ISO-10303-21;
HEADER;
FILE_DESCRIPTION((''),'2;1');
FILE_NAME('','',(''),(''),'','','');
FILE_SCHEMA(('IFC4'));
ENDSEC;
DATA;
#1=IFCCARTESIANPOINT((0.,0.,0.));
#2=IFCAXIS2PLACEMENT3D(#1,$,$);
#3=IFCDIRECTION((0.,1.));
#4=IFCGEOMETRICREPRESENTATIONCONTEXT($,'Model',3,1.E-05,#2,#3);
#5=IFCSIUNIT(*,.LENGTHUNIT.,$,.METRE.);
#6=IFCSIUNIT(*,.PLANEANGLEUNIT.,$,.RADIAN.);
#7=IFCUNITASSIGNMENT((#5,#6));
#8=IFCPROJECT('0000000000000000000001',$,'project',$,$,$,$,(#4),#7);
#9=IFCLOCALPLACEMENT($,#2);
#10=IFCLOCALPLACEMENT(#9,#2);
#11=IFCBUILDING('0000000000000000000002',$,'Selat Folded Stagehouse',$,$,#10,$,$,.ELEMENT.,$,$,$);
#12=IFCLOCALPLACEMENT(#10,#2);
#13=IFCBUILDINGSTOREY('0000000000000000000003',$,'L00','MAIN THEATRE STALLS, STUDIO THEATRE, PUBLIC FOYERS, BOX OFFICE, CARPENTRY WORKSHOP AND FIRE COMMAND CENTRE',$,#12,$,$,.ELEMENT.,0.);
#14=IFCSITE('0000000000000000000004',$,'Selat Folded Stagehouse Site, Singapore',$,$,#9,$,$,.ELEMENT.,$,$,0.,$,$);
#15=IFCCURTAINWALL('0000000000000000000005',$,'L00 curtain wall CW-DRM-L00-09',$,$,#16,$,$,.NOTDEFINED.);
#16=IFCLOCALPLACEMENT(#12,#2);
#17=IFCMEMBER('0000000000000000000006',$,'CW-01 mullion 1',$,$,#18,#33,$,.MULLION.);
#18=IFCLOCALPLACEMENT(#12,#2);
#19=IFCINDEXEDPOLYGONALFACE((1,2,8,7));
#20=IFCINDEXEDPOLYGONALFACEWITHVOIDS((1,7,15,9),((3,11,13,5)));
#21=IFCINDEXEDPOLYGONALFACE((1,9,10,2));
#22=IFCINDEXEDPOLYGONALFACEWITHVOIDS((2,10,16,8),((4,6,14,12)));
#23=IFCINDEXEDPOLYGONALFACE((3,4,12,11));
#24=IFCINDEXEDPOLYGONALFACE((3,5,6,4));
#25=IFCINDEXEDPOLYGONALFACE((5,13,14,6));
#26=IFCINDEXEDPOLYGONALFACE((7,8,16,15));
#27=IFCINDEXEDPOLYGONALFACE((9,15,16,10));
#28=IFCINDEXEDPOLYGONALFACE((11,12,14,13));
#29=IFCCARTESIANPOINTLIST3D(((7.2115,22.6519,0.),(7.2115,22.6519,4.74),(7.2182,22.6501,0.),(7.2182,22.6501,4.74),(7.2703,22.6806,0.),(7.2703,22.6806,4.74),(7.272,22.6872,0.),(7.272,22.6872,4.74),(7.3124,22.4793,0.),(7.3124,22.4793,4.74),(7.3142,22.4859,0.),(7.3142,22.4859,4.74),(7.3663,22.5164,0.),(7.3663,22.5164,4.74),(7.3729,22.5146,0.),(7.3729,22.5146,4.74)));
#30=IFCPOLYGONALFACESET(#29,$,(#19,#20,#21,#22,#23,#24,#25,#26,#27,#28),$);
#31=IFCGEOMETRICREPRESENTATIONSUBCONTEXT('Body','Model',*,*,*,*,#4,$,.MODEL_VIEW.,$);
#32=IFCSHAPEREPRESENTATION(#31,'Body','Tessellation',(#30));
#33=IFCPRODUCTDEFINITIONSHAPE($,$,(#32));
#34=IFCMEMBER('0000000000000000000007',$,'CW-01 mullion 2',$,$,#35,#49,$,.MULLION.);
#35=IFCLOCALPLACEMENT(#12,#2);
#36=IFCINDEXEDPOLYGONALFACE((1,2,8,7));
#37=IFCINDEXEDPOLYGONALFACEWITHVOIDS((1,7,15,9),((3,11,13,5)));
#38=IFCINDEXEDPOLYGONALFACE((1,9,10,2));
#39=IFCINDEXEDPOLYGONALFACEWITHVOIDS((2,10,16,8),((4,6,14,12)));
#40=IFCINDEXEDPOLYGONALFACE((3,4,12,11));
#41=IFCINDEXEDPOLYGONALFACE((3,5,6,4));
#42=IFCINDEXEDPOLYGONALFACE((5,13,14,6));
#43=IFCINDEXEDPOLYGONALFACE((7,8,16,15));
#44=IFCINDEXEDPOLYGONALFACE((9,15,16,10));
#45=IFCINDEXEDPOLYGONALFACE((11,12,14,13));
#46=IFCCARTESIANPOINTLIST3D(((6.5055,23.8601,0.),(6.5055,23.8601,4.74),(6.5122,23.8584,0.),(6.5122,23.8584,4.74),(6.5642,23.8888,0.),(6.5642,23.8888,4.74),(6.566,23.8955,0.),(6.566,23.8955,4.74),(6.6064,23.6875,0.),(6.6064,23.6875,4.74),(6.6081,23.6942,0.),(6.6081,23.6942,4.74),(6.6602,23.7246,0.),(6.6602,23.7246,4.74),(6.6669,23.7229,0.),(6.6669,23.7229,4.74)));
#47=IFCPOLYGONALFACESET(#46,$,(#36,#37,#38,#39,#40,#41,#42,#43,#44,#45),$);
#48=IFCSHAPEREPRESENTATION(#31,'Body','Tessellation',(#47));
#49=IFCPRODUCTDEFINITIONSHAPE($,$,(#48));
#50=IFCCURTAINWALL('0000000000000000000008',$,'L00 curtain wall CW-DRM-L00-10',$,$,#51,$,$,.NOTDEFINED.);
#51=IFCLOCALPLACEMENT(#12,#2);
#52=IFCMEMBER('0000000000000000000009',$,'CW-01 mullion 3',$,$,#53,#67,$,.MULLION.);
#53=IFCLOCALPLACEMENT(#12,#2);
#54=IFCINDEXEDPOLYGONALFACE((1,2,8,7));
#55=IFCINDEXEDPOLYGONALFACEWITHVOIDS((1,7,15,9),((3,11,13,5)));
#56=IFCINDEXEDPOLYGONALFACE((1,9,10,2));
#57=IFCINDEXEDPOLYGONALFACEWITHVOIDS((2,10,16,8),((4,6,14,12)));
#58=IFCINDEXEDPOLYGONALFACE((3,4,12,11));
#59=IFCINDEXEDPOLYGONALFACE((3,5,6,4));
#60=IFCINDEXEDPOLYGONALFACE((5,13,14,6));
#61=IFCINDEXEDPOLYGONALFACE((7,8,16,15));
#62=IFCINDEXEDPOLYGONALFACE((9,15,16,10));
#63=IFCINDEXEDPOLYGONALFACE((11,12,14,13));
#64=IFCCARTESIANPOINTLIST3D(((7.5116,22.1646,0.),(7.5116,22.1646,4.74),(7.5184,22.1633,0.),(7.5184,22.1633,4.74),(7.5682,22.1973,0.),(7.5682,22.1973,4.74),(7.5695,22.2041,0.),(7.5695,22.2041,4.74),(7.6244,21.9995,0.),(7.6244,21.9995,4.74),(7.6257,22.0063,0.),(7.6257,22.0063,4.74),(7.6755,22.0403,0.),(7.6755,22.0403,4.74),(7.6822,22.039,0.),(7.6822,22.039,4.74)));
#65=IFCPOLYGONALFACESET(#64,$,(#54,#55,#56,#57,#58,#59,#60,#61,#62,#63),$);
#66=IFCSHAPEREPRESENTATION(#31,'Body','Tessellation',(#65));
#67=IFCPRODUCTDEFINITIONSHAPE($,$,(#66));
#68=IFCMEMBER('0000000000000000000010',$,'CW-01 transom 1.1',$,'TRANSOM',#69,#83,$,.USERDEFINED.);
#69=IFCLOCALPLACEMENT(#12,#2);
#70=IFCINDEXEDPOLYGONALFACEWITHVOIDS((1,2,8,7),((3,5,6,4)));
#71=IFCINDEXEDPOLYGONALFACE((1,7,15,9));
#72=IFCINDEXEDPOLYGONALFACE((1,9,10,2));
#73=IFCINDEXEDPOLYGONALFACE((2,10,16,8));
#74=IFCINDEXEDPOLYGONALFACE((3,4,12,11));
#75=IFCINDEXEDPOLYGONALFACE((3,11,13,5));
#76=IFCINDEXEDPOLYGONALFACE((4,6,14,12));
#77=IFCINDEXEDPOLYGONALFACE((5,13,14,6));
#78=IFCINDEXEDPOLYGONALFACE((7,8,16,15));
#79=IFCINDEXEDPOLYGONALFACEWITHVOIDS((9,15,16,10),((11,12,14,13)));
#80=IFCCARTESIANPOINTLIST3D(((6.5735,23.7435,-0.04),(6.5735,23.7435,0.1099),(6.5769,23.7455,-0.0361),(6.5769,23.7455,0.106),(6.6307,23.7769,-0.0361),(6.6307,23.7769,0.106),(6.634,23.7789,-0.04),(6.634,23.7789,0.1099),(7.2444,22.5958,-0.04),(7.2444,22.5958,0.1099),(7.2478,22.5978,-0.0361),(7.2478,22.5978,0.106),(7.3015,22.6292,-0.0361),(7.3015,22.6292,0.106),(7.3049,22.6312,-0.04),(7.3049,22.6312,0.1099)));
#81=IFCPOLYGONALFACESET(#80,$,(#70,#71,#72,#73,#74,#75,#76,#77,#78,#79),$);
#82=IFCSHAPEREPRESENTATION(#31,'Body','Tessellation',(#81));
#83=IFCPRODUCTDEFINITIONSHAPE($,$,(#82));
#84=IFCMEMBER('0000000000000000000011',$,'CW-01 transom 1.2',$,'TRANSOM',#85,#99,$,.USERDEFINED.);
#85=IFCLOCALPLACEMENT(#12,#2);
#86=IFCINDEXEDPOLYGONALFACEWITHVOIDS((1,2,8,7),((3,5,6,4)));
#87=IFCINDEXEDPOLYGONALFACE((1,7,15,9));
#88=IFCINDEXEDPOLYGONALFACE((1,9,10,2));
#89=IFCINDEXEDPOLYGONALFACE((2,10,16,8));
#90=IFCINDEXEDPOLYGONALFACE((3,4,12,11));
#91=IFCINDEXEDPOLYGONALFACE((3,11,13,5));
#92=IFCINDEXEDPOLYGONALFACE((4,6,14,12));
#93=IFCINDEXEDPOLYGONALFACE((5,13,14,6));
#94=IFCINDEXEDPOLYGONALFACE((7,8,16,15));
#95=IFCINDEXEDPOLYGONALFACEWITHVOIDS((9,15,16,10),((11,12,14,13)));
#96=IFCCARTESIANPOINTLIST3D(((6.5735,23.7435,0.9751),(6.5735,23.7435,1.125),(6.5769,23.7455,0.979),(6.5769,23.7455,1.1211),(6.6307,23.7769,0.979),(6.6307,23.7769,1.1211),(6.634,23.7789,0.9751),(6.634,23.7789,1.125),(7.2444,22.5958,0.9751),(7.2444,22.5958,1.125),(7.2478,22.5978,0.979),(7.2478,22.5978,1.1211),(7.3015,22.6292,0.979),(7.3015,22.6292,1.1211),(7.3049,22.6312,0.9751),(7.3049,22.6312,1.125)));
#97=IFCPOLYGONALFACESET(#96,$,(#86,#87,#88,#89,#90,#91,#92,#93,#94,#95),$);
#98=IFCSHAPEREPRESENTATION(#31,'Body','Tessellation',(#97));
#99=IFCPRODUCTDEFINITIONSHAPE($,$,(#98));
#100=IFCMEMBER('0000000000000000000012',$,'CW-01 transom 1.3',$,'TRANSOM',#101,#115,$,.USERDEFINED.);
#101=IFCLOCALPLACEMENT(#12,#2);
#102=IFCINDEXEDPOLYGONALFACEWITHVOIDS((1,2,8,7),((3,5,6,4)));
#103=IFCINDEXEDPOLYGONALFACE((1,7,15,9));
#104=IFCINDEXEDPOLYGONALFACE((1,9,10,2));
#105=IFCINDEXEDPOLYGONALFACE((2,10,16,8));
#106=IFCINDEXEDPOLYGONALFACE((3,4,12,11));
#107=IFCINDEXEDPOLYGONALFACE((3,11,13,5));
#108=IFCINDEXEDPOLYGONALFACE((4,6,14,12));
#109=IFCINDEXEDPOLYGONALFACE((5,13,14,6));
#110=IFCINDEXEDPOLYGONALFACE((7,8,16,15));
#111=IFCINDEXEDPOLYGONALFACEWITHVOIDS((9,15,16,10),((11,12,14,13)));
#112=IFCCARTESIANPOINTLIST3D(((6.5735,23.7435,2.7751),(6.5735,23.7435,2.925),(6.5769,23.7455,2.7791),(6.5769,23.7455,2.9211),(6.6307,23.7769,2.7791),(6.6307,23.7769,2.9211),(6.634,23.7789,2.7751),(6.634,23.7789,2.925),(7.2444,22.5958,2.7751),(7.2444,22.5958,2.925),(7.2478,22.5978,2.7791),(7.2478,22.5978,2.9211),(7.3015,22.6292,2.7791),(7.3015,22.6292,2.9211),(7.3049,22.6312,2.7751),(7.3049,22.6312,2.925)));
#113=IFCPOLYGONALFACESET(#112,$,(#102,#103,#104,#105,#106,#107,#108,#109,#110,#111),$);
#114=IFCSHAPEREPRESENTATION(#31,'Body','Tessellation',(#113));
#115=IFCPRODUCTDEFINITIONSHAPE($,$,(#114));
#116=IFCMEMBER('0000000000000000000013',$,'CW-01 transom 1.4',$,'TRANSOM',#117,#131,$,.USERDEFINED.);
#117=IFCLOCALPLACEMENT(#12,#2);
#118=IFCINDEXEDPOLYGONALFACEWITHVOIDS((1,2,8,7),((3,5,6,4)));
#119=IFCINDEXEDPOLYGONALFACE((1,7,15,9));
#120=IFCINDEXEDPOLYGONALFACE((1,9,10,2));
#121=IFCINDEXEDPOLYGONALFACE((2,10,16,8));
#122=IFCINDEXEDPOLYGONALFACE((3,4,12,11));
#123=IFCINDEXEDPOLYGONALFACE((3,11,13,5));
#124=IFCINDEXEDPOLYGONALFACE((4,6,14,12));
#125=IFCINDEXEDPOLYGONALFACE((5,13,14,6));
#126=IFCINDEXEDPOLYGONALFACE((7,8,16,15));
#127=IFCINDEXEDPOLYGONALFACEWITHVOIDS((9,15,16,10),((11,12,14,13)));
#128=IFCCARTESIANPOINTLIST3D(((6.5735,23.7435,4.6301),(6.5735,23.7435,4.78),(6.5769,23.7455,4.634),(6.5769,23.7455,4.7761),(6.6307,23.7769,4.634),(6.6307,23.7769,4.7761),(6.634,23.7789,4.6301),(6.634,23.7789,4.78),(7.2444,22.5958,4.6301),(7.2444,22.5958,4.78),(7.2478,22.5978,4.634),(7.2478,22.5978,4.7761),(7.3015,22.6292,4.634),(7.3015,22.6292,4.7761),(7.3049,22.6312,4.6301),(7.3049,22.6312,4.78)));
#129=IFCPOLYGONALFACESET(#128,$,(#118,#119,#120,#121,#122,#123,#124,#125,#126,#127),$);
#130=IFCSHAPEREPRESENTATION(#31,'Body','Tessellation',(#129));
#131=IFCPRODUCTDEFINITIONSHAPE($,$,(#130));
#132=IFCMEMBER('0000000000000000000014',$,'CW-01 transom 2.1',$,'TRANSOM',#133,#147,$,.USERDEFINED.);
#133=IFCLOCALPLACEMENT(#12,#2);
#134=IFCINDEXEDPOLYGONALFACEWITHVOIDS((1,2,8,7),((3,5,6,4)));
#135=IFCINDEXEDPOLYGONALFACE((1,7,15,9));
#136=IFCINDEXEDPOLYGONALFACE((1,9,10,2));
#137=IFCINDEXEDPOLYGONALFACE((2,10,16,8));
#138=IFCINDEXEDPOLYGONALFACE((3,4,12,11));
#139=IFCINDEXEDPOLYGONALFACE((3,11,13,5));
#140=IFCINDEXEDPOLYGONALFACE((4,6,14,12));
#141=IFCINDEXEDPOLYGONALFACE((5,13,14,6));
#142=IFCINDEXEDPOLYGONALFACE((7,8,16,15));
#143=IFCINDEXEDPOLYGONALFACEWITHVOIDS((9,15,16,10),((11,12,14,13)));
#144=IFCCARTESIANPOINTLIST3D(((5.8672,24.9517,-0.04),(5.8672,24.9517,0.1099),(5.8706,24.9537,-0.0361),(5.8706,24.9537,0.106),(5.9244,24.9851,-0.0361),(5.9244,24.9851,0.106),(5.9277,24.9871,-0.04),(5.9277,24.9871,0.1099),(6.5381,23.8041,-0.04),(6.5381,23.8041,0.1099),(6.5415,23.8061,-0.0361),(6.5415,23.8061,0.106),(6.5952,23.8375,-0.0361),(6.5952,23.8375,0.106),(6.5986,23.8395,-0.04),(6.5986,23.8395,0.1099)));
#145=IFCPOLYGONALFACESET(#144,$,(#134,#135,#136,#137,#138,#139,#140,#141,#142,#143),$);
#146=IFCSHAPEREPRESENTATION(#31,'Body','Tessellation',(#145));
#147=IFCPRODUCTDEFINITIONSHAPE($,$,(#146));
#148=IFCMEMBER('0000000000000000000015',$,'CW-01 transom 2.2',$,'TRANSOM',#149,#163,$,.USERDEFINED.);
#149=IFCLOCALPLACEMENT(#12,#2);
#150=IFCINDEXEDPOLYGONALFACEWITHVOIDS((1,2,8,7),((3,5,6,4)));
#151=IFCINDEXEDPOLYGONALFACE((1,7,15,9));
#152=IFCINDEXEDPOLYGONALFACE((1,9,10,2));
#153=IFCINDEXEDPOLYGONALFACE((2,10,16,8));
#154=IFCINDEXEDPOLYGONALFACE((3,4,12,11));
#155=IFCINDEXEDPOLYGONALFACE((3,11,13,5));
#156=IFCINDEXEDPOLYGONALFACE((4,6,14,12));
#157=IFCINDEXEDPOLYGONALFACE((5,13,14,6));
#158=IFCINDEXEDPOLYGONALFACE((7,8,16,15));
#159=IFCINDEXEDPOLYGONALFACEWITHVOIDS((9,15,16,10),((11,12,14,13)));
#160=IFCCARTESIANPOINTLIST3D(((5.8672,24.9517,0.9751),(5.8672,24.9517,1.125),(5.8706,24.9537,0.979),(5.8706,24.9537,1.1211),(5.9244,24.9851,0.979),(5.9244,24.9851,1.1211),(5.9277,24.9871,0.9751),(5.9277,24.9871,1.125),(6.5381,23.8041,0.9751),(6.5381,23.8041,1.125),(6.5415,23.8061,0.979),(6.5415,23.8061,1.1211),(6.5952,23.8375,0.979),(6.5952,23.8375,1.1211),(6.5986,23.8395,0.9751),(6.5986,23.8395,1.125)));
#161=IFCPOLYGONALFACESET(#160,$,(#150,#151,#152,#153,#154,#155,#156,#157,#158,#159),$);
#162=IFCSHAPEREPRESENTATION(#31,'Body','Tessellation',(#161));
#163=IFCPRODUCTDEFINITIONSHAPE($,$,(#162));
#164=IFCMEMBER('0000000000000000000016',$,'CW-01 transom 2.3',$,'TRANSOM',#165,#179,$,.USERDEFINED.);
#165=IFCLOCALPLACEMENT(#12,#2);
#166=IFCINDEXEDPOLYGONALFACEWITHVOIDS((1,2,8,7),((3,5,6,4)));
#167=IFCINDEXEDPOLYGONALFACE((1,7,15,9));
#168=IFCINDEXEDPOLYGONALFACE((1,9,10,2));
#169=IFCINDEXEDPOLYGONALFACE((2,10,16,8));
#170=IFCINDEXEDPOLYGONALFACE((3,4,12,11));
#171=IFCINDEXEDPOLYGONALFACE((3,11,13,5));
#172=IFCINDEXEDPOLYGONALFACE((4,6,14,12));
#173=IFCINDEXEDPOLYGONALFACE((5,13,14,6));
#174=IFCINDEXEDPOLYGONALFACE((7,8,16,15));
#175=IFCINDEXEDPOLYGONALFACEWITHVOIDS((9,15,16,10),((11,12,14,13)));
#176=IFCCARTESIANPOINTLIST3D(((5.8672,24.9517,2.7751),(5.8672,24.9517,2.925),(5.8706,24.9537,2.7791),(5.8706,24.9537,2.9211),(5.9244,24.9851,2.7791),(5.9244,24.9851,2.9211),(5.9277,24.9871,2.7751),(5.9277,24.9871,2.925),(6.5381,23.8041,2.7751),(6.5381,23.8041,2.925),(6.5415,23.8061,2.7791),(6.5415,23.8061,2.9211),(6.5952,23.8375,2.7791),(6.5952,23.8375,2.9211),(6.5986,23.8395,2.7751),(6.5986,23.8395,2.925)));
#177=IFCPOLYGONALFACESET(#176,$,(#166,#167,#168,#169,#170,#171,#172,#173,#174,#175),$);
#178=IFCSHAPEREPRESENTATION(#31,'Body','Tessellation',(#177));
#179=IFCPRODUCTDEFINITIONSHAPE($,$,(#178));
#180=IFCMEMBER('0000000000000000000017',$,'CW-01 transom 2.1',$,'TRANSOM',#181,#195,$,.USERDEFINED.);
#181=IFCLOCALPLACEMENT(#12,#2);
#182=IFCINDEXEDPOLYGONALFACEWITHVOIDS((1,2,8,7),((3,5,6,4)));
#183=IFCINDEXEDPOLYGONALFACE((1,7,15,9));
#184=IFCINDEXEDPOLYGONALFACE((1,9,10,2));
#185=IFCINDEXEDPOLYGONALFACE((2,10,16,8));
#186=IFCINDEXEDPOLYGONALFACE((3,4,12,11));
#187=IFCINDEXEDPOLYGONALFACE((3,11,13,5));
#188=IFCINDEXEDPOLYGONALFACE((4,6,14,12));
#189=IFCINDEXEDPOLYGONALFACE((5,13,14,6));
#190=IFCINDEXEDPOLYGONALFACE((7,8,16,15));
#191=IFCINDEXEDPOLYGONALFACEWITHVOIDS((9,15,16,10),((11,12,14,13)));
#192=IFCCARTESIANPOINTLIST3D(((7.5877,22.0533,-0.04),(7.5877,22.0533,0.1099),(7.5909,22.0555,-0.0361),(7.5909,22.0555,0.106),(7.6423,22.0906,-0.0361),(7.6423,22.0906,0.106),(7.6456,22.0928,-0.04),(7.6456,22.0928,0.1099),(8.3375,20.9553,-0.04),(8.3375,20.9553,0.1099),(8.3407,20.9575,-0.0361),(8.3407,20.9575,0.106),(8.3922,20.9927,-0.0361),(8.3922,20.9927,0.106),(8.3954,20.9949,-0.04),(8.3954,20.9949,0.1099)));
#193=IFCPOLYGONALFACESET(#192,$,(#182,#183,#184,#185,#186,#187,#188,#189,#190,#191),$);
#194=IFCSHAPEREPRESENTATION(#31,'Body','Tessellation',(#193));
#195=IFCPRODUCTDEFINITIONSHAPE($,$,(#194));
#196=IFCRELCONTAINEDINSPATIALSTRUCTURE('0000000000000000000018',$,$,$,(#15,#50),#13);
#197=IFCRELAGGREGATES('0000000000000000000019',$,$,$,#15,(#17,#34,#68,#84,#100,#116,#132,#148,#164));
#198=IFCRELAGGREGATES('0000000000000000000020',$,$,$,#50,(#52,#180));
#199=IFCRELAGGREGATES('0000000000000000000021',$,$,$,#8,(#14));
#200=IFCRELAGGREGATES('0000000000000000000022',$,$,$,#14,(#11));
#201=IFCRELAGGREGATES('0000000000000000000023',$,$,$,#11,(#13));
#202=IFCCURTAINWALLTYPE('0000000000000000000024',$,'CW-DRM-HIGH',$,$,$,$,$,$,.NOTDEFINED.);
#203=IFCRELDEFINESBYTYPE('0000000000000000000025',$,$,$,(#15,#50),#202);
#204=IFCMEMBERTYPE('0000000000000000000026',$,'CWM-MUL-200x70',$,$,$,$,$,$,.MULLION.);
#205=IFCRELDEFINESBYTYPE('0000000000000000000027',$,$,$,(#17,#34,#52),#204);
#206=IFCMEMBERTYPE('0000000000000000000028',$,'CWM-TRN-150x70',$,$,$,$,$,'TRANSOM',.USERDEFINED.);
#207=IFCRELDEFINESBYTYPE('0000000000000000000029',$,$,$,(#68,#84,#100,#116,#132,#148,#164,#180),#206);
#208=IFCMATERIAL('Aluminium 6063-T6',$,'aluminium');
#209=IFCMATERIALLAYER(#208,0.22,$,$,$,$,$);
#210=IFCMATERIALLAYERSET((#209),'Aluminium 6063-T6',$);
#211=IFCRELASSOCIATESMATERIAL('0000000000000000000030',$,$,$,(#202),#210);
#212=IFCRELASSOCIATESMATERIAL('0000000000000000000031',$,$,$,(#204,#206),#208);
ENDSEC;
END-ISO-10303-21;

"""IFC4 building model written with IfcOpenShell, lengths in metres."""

from ifc_helpers import new_model, si_unit, direction, frame, origin, origin_2d, place, context, subcontext, project, spatial, hollow_rectangle, extrude, material, layer, layer_set, material_profile, profile_set, type_object, element, aggregate, save


model = new_model("IFC4")

# Units and contexts
model_context = context("Model", 3, precision=1e-05, world=origin(), true_north=direction((0.0, 1.0)))
body_context = subcontext(model_context, "Body", "Model", "MODEL_VIEW")
ifc_project = project(units=[si_unit("LENGTHUNIT", "METRE"), si_unit("PLANEANGLEUNIT", "RADIAN")], contexts=[model_context])

# Site, building, storey
site_placement = place(None, origin())
site = spatial("IfcSite", under=ifc_project, at=site_placement, Name="Selat Folded Stagehouse Site, Singapore", CompositionType="ELEMENT", RefElevation=0.0)
building_placement = place(site_placement, origin())
building = spatial("IfcBuilding", under=site, at=building_placement, Name="Selat Folded Stagehouse", CompositionType="ELEMENT")
storey_placement = place(building_placement, origin())
storey = spatial("IfcBuildingStorey", under=building, at=storey_placement, Name="L00", Description="MAIN THEATRE STALLS, STUDIO THEATRE, PUBLIC FOYERS, BOX OFFICE, CARPENTRY WORKSHOP AND FIRE COMMAND CENTRE", CompositionType="ELEMENT", Elevation=0.0)

# Curtain wall, members
ifc_material_1 = material(Name="Aluminium 6063-T6", Category="aluminium")
ifc_layer_1 = layer(ifc_material_1, 0.22)
ifc_layer_set_1 = layer_set([ifc_layer_1], Name="Aluminium 6063-T6")
curtain_wall_type = type_object("IfcCurtainWallType", Name="CW-DRM-HIGH", PredefinedType="NOTDEFINED", material=ifc_layer_set_1)
curtain_wall_1_placement = place(storey_placement, origin())
curtain_wall_1 = element("IfcCurtainWall", 1, at=curtain_wall_1_placement, inside=storey, type_object=curtain_wall_type, Name="L00 curtain wall CW-DRM-L00-09", PredefinedType="NOTDEFINED")
ifc_material_profile_1 = material_profile(ifc_material_1, hollow_rectangle(XDim=0.0701, YDim=0.2, WallThickness=0.0049, at=origin_2d()), Name="ALU 200x70x5.0")
ifc_profile_set_1 = profile_set([ifc_material_profile_1], Name="Aluminium 6063-T6")
member_type_1 = type_object("IfcMemberType", Name="CWM-MUL-200x70", PredefinedType="MULLION", material=ifc_profile_set_1)
member_1_placement = place(storey_placement, frame((7.2922, 22.5833, 0.0), z_axis=(0.0, 0.0, 1.0), x_axis=(-0.863332, -0.504636, 0.0)))
member_1 = element("IfcMember", 2, at=member_1_placement, type_object=member_type_1, Name="CW-01 mullion 1", PredefinedType="MULLION", context=body_context, shape_type="SweptSolid", body=[
    extrude(hollow_rectangle(XDim=0.0701, YDim=0.2, WallThickness=0.0049, at=origin_2d()), origin(), (0.0, 0.0, 1.0), 4.74),
])
member_2_placement = place(storey_placement, frame((6.5862, 23.7915, 0.0), z_axis=(0.0, 0.0, 1.0), x_axis=(-0.863332, -0.504636, 0.0)))
member_2 = element("IfcMember", 3, at=member_2_placement, type_object=member_type_1, Name="CW-01 mullion 2", PredefinedType="MULLION", context=body_context, shape_type="SweptSolid", body=[
    extrude(hollow_rectangle(XDim=0.0701, YDim=0.2, WallThickness=0.0049, at=origin_2d()), origin(), (0.0, 0.0, 1.0), 4.74),
])

# Curtain wall, member
curtain_wall_2_placement = place(storey_placement, origin())
curtain_wall_2 = element("IfcCurtainWall", 4, at=curtain_wall_2_placement, inside=storey, type_object=curtain_wall_type, Name="L00 curtain wall CW-DRM-L00-10", PredefinedType="NOTDEFINED")
member_3_placement = place(storey_placement, frame((7.5969, 22.1018, 0.0), z_axis=(0.0, 0.0, 1.0), x_axis=(-0.82581, -0.563948, 0.0)))
member_3 = element("IfcMember", 5, at=member_3_placement, type_object=member_type_1, Name="CW-01 mullion 3", PredefinedType="MULLION", context=body_context, shape_type="SweptSolid", body=[
    extrude(hollow_rectangle(XDim=0.0701, YDim=0.2, WallThickness=0.0049, at=origin_2d()), origin(), (0.0, 0.0, 1.0), 4.74),
])

# Members
ifc_material_profile_2 = material_profile(ifc_material_1, hollow_rectangle(XDim=0.0701, YDim=0.1499, WallThickness=0.0039, at=origin_2d()), Name="ALU 150x70x4.0")
ifc_profile_set_2 = profile_set([ifc_material_profile_2], Name="Aluminium 6063-T6")
member_type_2 = type_object("IfcMemberType", Name="CWM-TRN-150x70", ElementType="TRANSOM", PredefinedType="USERDEFINED", material=ifc_profile_set_2)
member_4_placement = place(storey_placement, frame((7.2747, 22.6135, 0.0349), z_axis=(-0.504659, 0.863319, 0.0), x_axis=(-0.863319, -0.504659, 0.0)))
member_4 = element("IfcMember", 6, at=member_4_placement, type_object=member_type_2, Name="CW-01 transom 1.1", ObjectType="TRANSOM", PredefinedType="USERDEFINED", context=body_context, shape_type="SweptSolid", body=[
    extrude(hollow_rectangle(XDim=0.0701, YDim=0.1499, WallThickness=0.0039, at=origin_2d()), origin(), (0.0, 0.0, 1.0), 1.3293),
])
member_5_placement = place(storey_placement, frame((7.2747, 22.6135, 1.05), z_axis=(-0.504659, 0.863319, 0.0), x_axis=(-0.863319, -0.504659, 0.0)))
member_5 = element("IfcMember", 7, at=member_5_placement, type_object=member_type_2, Name="CW-01 transom 1.2", ObjectType="TRANSOM", PredefinedType="USERDEFINED", context=body_context, shape_type="SweptSolid", body=[
    extrude(hollow_rectangle(XDim=0.0701, YDim=0.1499, WallThickness=0.0039, at=origin_2d()), origin(), (0.0, 0.0, 1.0), 1.3293),
])
member_6_placement = place(storey_placement, frame((7.2747, 22.6135, 2.8501), z_axis=(-0.504659, 0.863319, 0.0), x_axis=(-0.863319, -0.504659, 0.0)))
member_6 = element("IfcMember", 8, at=member_6_placement, type_object=member_type_2, Name="CW-01 transom 1.3", ObjectType="TRANSOM", PredefinedType="USERDEFINED", context=body_context, shape_type="SweptSolid", body=[
    extrude(hollow_rectangle(XDim=0.0701, YDim=0.1499, WallThickness=0.0039, at=origin_2d()), origin(), (0.0, 0.0, 1.0), 1.3293),
])
member_7_placement = place(storey_placement, frame((7.2747, 22.6135, 4.7051), z_axis=(-0.504659, 0.863319, 0.0), x_axis=(-0.863319, -0.504659, 0.0)))
member_7 = element("IfcMember", 9, at=member_7_placement, type_object=member_type_2, Name="CW-01 transom 1.4", ObjectType="TRANSOM", PredefinedType="USERDEFINED", context=body_context, shape_type="SweptSolid", body=[
    extrude(hollow_rectangle(XDim=0.0701, YDim=0.1499, WallThickness=0.0039, at=origin_2d()), origin(), (0.0, 0.0, 1.0), 1.3293),
])
member_8_placement = place(storey_placement, frame((6.5684, 23.8218, 0.0349), z_axis=(-0.504659, 0.863319, 0.0), x_axis=(-0.863319, -0.504659, 0.0)))
member_8 = element("IfcMember", 10, at=member_8_placement, type_object=member_type_2, Name="CW-01 transom 2.1", ObjectType="TRANSOM", PredefinedType="USERDEFINED", context=body_context, shape_type="SweptSolid", body=[
    extrude(hollow_rectangle(XDim=0.0701, YDim=0.1499, WallThickness=0.0039, at=origin_2d()), origin(), (0.0, 0.0, 1.0), 1.3293),
])
member_9_placement = place(storey_placement, frame((6.5684, 23.8218, 1.05), z_axis=(-0.504659, 0.863319, 0.0), x_axis=(-0.863319, -0.504659, 0.0)))
member_9 = element("IfcMember", 11, at=member_9_placement, type_object=member_type_2, Name="CW-01 transom 2.2", ObjectType="TRANSOM", PredefinedType="USERDEFINED", context=body_context, shape_type="SweptSolid", body=[
    extrude(hollow_rectangle(XDim=0.0701, YDim=0.1499, WallThickness=0.0039, at=origin_2d()), origin(), (0.0, 0.0, 1.0), 1.3293),
])
member_10_placement = place(storey_placement, frame((6.5684, 23.8218, 2.8501), z_axis=(-0.504659, 0.863319, 0.0), x_axis=(-0.863319, -0.504659, 0.0)))
member_10 = element("IfcMember", 12, at=member_10_placement, type_object=member_type_2, Name="CW-01 transom 2.3", ObjectType="TRANSOM", PredefinedType="USERDEFINED", context=body_context, shape_type="SweptSolid", body=[
    extrude(hollow_rectangle(XDim=0.0701, YDim=0.1499, WallThickness=0.0039, at=origin_2d()), origin(), (0.0, 0.0, 1.0), 1.3293),
])
member_11_placement = place(storey_placement, frame((8.3665, 20.9751, 0.0349), z_axis=(-0.563946, 0.825811, 0.0), x_axis=(-0.825811, -0.563946, 0.0)))
member_11 = element("IfcMember", 13, at=member_11_placement, type_object=member_type_2, Name="CW-01 transom 2.1", ObjectType="TRANSOM", PredefinedType="USERDEFINED", context=body_context, shape_type="SweptSolid", body=[
    extrude(hollow_rectangle(XDim=0.0701, YDim=0.1499, WallThickness=0.0039, at=origin_2d()), origin(), (0.0, 0.0, 1.0), 1.3296),
])

aggregate(curtain_wall_1, [member_1, member_2, member_4, member_5, member_6, member_7, member_8, member_9, member_10])
aggregate(curtain_wall_2, [member_3, member_11])

save(model, "model.ifc")
